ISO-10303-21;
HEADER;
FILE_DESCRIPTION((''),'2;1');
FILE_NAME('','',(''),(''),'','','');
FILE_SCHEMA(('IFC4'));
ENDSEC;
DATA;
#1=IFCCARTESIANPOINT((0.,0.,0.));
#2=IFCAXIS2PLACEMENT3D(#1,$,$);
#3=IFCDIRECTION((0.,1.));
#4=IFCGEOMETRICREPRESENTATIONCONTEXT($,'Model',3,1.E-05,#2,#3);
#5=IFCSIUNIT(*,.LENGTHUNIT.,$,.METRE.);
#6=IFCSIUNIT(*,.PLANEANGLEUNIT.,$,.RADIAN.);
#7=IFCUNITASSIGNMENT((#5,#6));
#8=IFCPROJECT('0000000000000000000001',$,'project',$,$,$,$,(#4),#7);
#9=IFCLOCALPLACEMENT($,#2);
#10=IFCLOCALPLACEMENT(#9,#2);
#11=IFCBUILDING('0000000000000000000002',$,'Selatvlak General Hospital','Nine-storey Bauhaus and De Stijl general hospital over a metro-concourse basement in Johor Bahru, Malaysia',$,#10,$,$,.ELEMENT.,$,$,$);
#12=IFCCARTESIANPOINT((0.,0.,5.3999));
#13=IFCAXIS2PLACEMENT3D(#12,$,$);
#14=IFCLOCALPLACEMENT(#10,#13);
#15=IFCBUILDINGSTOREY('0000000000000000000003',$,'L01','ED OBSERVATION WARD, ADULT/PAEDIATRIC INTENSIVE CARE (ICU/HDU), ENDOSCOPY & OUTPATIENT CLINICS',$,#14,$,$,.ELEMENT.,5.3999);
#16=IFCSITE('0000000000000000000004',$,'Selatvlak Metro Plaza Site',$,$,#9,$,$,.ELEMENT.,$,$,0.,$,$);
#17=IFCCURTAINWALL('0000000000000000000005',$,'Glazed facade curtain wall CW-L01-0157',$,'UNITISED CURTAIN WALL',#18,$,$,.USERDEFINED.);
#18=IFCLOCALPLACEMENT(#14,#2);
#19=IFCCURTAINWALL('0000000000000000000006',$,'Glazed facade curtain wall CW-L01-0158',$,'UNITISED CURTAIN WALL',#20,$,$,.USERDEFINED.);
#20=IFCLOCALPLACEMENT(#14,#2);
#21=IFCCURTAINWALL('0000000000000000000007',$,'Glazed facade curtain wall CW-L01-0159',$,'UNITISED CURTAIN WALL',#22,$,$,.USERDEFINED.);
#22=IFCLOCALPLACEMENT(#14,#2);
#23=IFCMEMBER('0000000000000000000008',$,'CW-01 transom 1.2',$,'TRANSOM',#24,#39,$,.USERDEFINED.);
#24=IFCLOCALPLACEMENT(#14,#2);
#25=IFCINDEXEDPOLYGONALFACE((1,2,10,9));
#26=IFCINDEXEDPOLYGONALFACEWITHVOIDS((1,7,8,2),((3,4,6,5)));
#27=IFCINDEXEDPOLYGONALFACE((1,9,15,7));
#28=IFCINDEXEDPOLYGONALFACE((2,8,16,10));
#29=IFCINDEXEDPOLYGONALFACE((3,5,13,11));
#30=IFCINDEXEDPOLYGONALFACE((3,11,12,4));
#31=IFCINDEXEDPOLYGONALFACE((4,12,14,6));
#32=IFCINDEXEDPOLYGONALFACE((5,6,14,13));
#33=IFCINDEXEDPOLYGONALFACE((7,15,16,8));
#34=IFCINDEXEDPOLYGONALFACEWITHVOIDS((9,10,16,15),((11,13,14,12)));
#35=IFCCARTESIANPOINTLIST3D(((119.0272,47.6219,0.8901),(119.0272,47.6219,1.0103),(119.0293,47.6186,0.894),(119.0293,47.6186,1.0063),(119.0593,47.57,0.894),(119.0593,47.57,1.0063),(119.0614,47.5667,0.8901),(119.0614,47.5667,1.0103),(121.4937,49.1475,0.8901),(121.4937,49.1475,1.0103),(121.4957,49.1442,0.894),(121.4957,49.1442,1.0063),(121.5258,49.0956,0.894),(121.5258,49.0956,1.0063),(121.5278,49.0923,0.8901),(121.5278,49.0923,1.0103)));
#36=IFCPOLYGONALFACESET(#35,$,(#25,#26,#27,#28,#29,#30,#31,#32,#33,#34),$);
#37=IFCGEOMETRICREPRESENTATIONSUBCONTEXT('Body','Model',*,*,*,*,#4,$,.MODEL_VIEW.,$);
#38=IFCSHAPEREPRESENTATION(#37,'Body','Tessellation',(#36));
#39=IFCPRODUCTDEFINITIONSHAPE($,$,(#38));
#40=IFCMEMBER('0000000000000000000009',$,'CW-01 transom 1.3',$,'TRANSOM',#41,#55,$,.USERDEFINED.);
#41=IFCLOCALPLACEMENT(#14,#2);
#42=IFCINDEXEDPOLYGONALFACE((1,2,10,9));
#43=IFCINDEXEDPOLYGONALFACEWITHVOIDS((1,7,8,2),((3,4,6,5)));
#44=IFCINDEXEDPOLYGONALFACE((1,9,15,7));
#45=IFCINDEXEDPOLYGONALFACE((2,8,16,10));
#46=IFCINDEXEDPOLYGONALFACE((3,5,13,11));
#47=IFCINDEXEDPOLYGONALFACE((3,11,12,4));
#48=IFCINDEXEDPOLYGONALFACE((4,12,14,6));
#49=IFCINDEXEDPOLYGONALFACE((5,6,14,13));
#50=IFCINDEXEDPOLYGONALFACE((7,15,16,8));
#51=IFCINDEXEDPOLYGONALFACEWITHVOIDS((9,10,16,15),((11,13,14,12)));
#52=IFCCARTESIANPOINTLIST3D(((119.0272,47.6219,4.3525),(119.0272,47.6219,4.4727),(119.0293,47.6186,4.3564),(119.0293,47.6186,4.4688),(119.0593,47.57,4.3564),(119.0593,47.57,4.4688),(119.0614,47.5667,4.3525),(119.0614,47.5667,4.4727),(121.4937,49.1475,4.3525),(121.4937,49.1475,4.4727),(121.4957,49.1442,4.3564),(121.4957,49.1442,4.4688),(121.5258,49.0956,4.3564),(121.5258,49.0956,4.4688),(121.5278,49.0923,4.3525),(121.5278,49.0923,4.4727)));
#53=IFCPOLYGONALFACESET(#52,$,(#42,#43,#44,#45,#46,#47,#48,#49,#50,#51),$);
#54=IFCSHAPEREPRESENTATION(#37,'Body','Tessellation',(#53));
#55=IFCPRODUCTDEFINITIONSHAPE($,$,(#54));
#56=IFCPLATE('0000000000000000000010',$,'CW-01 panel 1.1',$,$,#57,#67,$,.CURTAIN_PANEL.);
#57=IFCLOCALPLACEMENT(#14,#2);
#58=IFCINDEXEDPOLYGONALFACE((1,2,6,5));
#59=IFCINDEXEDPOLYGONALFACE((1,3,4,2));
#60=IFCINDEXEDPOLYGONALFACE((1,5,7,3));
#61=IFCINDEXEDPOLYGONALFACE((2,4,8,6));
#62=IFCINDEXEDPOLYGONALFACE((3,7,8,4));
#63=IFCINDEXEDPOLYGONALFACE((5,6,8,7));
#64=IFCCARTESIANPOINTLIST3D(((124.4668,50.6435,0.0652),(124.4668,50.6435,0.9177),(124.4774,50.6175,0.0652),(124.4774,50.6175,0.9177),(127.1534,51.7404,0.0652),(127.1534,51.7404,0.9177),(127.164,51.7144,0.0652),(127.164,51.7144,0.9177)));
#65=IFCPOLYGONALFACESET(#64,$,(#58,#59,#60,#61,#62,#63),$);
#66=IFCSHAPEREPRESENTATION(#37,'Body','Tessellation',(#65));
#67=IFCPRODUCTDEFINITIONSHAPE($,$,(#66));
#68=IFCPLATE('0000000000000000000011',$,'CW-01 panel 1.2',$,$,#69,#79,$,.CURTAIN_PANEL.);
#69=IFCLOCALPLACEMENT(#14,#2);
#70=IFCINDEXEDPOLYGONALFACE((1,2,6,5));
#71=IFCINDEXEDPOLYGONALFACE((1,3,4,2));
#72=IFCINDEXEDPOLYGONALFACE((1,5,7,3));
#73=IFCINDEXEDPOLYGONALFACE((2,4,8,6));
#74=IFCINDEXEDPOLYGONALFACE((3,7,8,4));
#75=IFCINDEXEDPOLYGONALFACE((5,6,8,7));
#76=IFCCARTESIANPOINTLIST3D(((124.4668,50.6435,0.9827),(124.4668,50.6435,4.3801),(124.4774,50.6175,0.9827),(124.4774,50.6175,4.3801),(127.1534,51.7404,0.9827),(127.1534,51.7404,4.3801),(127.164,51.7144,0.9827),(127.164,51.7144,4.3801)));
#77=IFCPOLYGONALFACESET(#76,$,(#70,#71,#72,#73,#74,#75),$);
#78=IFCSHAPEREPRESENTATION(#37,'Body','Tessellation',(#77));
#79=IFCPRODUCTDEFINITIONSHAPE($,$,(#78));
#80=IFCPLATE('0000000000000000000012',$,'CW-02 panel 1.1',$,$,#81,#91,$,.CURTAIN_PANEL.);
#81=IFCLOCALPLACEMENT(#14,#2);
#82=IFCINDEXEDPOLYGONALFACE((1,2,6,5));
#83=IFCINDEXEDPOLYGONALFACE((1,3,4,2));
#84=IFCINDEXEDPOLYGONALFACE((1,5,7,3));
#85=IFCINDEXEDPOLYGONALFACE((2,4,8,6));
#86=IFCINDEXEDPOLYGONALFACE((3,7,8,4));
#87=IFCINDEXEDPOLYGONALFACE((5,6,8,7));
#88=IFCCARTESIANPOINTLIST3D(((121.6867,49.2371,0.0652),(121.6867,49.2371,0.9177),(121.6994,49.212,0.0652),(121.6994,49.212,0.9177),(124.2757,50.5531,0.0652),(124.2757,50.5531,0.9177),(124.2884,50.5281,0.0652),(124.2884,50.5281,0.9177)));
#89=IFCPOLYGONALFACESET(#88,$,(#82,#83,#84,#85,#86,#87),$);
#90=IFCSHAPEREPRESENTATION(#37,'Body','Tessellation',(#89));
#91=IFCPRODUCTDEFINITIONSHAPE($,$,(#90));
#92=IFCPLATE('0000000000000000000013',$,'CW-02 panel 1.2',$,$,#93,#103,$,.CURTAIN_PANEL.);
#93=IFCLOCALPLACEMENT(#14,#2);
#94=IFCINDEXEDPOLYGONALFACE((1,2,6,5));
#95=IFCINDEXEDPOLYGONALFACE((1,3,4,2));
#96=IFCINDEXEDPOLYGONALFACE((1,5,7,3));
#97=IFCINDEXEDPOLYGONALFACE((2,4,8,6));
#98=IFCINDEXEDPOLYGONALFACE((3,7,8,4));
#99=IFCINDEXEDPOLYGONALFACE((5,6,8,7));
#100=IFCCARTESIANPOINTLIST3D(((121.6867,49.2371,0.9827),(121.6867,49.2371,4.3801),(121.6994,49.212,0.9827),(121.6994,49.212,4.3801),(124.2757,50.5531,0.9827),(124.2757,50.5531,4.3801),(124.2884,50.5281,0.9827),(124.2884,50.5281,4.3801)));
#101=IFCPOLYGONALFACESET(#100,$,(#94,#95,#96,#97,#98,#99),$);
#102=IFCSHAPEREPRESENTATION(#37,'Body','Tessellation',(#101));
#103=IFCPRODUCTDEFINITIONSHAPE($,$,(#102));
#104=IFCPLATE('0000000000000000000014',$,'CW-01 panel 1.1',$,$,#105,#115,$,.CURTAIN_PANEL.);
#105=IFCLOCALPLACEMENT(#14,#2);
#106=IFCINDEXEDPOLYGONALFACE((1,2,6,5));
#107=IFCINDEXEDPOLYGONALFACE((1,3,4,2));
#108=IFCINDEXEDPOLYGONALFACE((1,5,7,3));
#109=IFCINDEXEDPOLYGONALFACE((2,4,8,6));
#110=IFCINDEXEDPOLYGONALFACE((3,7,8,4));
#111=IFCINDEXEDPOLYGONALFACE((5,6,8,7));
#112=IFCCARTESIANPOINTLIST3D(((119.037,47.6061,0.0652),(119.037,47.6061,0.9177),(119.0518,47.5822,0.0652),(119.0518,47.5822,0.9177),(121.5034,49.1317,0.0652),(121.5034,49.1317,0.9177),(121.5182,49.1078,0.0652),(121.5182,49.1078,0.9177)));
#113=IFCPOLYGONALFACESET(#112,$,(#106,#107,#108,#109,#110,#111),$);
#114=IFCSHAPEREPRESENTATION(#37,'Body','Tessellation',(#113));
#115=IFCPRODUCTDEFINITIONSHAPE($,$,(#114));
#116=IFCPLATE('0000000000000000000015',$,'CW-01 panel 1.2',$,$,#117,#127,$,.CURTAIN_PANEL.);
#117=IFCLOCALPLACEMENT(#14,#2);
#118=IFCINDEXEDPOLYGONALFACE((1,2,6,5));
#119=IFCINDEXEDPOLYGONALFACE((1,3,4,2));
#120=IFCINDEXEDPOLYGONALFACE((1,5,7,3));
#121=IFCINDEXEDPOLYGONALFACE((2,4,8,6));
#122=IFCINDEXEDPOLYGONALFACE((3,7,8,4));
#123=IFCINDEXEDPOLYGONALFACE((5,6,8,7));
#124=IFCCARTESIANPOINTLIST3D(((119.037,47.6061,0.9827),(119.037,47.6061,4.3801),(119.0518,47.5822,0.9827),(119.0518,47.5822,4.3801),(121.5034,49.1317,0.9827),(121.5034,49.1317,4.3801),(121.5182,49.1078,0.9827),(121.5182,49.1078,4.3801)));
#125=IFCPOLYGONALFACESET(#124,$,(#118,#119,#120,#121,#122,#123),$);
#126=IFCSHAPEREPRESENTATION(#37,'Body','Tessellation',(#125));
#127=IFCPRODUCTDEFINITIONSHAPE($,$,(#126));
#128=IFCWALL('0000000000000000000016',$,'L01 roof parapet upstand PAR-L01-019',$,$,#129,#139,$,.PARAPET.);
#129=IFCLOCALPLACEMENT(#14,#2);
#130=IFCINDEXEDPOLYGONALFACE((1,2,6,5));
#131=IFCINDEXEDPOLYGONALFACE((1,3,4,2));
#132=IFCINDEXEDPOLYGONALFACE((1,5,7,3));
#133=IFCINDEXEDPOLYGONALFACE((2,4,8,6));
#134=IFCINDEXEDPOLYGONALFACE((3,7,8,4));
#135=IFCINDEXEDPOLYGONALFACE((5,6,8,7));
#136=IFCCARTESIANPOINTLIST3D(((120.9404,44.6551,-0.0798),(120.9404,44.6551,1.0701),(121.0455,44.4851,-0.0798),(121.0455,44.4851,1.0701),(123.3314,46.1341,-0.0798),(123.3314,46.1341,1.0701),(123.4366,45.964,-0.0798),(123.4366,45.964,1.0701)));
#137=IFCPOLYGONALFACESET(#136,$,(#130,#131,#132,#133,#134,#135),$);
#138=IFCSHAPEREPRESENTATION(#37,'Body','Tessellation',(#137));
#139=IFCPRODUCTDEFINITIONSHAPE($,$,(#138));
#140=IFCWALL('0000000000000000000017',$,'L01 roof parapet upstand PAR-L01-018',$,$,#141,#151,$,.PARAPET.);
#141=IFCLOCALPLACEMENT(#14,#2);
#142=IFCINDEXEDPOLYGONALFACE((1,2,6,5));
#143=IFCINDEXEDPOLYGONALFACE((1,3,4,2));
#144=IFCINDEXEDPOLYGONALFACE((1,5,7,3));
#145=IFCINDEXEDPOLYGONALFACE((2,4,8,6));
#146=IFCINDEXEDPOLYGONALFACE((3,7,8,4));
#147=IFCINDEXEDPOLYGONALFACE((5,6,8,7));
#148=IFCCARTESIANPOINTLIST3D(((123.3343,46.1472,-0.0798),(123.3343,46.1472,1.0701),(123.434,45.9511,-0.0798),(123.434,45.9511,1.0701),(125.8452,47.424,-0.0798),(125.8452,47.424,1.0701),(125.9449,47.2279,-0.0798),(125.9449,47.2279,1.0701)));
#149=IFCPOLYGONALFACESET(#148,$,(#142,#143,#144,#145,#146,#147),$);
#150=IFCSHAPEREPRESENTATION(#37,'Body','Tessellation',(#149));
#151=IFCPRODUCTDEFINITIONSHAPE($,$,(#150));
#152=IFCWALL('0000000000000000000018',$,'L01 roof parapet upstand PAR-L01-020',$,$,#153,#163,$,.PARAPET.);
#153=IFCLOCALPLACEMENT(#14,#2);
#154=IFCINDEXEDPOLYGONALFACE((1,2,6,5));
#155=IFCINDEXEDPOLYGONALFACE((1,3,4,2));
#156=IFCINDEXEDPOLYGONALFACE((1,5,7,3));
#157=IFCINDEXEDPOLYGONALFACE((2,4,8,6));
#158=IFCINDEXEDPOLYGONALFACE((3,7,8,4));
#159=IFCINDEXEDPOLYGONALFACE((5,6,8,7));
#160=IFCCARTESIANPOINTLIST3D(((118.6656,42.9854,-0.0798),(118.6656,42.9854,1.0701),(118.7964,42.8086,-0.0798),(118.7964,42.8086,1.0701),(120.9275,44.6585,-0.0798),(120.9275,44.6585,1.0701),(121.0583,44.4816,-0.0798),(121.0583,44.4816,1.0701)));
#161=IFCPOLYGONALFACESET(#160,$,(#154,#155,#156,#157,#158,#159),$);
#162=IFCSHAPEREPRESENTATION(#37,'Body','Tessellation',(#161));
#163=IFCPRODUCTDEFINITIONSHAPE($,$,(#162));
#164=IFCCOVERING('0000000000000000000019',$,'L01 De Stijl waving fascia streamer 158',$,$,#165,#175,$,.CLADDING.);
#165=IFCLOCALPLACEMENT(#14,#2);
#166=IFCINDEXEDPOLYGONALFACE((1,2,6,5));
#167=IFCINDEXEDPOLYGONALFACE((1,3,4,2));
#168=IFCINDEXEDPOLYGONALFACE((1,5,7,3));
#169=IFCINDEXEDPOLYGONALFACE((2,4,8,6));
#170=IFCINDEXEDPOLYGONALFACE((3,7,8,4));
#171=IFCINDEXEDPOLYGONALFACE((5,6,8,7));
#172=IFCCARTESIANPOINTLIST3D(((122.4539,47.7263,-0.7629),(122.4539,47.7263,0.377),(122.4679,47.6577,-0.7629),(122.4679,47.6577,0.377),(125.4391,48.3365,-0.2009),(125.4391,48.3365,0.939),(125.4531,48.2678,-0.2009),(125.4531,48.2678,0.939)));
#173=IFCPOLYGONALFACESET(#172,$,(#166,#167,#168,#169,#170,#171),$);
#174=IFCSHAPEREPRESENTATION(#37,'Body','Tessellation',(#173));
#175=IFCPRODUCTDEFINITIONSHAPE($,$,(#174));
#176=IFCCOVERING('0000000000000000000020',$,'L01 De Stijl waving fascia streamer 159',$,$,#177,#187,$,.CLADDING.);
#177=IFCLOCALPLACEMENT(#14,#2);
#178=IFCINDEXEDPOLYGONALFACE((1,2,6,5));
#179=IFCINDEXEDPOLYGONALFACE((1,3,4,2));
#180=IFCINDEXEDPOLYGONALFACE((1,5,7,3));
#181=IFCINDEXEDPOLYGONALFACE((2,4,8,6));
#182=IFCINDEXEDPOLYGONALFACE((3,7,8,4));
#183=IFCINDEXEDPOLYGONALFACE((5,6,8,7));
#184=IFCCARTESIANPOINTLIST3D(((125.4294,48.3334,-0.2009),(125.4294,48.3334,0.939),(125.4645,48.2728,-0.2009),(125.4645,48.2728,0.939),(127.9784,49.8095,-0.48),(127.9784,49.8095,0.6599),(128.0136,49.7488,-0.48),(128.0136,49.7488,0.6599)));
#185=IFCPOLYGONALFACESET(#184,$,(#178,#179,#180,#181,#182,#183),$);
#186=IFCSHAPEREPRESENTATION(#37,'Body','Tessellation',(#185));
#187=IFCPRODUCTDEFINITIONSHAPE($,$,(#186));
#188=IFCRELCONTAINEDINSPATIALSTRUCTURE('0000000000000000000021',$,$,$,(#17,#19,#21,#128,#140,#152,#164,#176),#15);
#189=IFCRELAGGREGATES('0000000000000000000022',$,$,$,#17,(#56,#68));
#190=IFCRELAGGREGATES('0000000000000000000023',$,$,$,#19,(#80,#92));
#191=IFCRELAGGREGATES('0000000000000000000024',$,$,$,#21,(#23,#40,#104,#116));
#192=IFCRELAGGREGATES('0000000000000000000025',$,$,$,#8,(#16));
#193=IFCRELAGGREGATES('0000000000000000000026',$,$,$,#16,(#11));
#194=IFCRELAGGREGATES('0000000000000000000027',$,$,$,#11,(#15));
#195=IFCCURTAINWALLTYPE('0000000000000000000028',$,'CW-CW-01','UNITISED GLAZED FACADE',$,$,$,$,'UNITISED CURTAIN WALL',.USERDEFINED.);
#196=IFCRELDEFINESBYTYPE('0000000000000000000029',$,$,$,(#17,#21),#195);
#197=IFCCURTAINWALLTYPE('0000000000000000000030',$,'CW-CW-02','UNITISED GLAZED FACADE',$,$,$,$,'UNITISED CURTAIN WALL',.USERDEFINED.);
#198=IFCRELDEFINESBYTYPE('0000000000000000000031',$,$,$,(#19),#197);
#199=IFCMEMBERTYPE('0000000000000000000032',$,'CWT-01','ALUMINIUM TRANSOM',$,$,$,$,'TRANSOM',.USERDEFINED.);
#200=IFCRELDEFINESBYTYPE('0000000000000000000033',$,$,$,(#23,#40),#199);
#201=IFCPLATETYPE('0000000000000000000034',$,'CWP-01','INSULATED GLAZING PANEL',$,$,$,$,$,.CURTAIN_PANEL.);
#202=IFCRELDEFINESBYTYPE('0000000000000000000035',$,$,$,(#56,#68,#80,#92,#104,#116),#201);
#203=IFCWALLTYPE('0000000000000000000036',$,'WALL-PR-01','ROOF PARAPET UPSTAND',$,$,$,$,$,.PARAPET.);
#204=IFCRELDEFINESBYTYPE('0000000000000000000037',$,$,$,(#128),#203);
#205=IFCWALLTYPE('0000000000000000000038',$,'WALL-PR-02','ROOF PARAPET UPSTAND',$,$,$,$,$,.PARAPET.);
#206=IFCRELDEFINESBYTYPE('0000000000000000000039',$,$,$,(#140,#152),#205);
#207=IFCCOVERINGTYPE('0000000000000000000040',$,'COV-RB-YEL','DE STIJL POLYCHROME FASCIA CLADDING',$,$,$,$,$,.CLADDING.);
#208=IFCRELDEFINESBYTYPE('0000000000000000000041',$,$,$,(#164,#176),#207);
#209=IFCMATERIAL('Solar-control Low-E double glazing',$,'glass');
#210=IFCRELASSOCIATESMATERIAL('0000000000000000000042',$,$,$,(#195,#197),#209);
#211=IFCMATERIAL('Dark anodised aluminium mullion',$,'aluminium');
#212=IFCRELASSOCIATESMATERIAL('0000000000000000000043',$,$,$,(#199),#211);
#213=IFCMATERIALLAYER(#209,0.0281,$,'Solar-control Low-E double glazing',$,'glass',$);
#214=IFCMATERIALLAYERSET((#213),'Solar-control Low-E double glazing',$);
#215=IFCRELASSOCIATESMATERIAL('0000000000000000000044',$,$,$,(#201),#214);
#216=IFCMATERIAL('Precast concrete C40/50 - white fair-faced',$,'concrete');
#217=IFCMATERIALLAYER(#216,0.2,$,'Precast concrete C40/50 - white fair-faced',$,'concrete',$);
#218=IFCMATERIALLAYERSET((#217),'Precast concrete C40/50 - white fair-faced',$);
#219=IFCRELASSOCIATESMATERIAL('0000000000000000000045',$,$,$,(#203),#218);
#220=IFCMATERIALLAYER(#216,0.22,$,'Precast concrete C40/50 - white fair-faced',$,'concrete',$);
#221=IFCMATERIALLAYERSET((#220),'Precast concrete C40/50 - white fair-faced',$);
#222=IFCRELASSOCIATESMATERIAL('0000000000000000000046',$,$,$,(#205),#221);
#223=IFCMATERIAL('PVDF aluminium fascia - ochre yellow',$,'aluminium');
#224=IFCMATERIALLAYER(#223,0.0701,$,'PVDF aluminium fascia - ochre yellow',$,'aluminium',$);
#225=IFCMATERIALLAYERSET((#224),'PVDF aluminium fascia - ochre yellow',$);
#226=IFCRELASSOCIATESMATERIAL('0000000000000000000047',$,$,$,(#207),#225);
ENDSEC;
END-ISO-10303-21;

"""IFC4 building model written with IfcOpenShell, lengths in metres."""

from ifc_helpers import new_model, si_unit, direction, frame, frame_2d, origin, origin_2d, place, context, subcontext, project, spatial, polyline, rectangle, hollow_rectangle, outline, extrude, material, layer, layer_set, material_profile, profile_set, type_object, element, aggregate, save


model = new_model("IFC4")

# Units and contexts
model_context = context("Model", 3, precision=1e-05, world=origin(), true_north=direction((0.0, 1.0)))
body_context = subcontext(model_context, "Body", "Model", "MODEL_VIEW")
ifc_project = project(units=[si_unit("LENGTHUNIT", "METRE"), si_unit("PLANEANGLEUNIT", "RADIAN")], contexts=[model_context])

# Site, building, storey
site_placement = place(None, origin())
site = spatial("IfcSite", under=ifc_project, at=site_placement, Name="Selatvlak Metro Plaza Site", CompositionType="ELEMENT", RefElevation=0.0)
building_placement = place(site_placement, origin())
building = spatial("IfcBuilding", under=site, at=building_placement, Name="Selatvlak General Hospital", Description="Nine-storey Bauhaus and De Stijl general hospital over a metro-concourse basement in Johor Bahru, Malaysia", CompositionType="ELEMENT")
storey_placement = place(building_placement, frame((0.0, 0.0, 5.3999)))
storey = spatial("IfcBuildingStorey", under=building, at=storey_placement, Name="L01", Description="ED OBSERVATION WARD, ADULT/PAEDIATRIC INTENSIVE CARE (ICU/HDU), ENDOSCOPY & OUTPATIENT CLINICS", CompositionType="ELEMENT", Elevation=5.3999)

# Curtain wall
ifc_material_1 = material(Name="Solar-control Low-E double glazing", Category="glass")
curtain_wall_type_1 = type_object("IfcCurtainWallType", Name="CW-CW-01", Description="UNITISED GLAZED FACADE", ElementType="UNITISED CURTAIN WALL", PredefinedType="USERDEFINED", material=ifc_material_1)
curtain_wall_1_placement = place(storey_placement, origin())
curtain_wall_1 = element("IfcCurtainWall", 1, at=curtain_wall_1_placement, inside=storey, type_object=curtain_wall_type_1, Name="Glazed facade curtain wall CW-L01-0157", ObjectType="UNITISED CURTAIN WALL", PredefinedType="USERDEFINED")
ifc_material_2 = material(Name="Dark anodised aluminium mullion", Category="aluminium")

# Curtain wall
curtain_wall_type_2 = type_object("IfcCurtainWallType", Name="CW-CW-02", Description="UNITISED GLAZED FACADE", ElementType="UNITISED CURTAIN WALL", PredefinedType="USERDEFINED", material=ifc_material_1)
curtain_wall_2_placement = place(storey_placement, origin())
curtain_wall_2 = element("IfcCurtainWall", 2, at=curtain_wall_2_placement, inside=storey, type_object=curtain_wall_type_2, Name="Glazed facade curtain wall CW-L01-0158", ObjectType="UNITISED CURTAIN WALL", PredefinedType="USERDEFINED")

# Curtain wall
curtain_wall_3_placement = place(storey_placement, origin())
curtain_wall_3 = element("IfcCurtainWall", 3, at=curtain_wall_3_placement, inside=storey, type_object=curtain_wall_type_1, Name="Glazed facade curtain wall CW-L01-0159", ObjectType="UNITISED CURTAIN WALL", PredefinedType="USERDEFINED")

# Members
ifc_material_profile_1 = material_profile(ifc_material_2, hollow_rectangle(XDim=0.0649, YDim=0.1201, WallThickness=0.0039, at=origin_2d()), Name="AL-TRN 65x120x4")
ifc_profile_set_1 = profile_set([ifc_material_profile_1], Name="Dark anodised aluminium mullion")
member_type_1 = type_object("IfcMemberType", Name="CWT-01", Description="ALUMINIUM TRANSOM", ElementType="TRANSOM", PredefinedType="USERDEFINED", material=ifc_profile_set_1)
member_1_placement = place(storey_placement, frame((121.5107, 49.1199, 0.9502), z_axis=(-0.850462, -0.526036, 0.0), x_axis=(0.526036, -0.850462, 0.0)))
member_1 = element("IfcMember", 4, at=member_1_placement, type_object=member_type_1, Name="CW-01 transom 1.2", ObjectType="TRANSOM", PredefinedType="USERDEFINED", context=body_context, shape_type="SweptSolid", body=[
    extrude(hollow_rectangle(XDim=0.0649, YDim=0.1201, WallThickness=0.0039, at=origin_2d()), origin(), (0.0, 0.0, 1.0), 2.9001),
])
member_2_placement = place(storey_placement, frame((121.5107, 49.1199, 4.4126), z_axis=(-0.850462, -0.526036, 0.0), x_axis=(0.526036, -0.850462, 0.0)))
member_2 = element("IfcMember", 5, at=member_2_placement, type_object=member_type_1, Name="CW-01 transom 1.3", ObjectType="TRANSOM", PredefinedType="USERDEFINED", context=body_context, shape_type="SweptSolid", body=[
    extrude(hollow_rectangle(XDim=0.0649, YDim=0.1201, WallThickness=0.0039, at=origin_2d()), origin(), (0.0, 0.0, 1.0), 2.9001),
])

# Plates
ifc_layer_1 = layer(ifc_material_1, 0.0281, Name="Solar-control Low-E double glazing", Category="glass")
ifc_layer_set_1 = layer_set([ifc_layer_1], Name="Solar-control Low-E double glazing")
plate_type = type_object("IfcPlateType", Name="CWP-01", Description="INSULATED GLAZING PANEL", PredefinedType="CURTAIN_PANEL", material=ifc_layer_set_1)
plate_1_placement = place(storey_placement, frame((125.8154, 51.179, 0.0652), z_axis=(0.0, 0.0, 1.0), x_axis=(-0.925815, -0.377978, 0.0)))
plate_1 = element("IfcPlate", 6, at=plate_1_placement, type_object=plate_type, Name="CW-01 panel 1.1", PredefinedType="CURTAIN_PANEL", context=body_context, shape_type="SweptSolid", body=[
    extrude(rectangle(XDim=2.9019, YDim=0.0281, at=origin_2d()), origin(), (0.0, 0.0, 1.0), 0.8525),
])
plate_2_placement = place(storey_placement, frame((125.8154, 51.179, 0.9827), z_axis=(0.0, 0.0, 1.0), x_axis=(-0.925815, -0.377978, 0.0)))
plate_2 = element("IfcPlate", 7, at=plate_2_placement, type_object=plate_type, Name="CW-01 panel 1.2", PredefinedType="CURTAIN_PANEL", context=body_context, shape_type="SweptSolid", body=[
    extrude(rectangle(XDim=2.9019, YDim=0.0281, at=origin_2d()), origin(), (0.0, 0.0, 1.0), 3.3975),
])
aggregate(curtain_wall_1, [plate_1, plate_2])
plate_3_placement = place(storey_placement, frame((122.9875, 49.8826, 0.0652), z_axis=(0.0, 0.0, 1.0), x_axis=(-0.891442, -0.453136, 0.0)))
plate_3 = element("IfcPlate", 8, at=plate_3_placement, type_object=plate_type, Name="CW-02 panel 1.1", PredefinedType="CURTAIN_PANEL", context=body_context, shape_type="SweptSolid", body=[
    extrude(rectangle(XDim=2.9043, YDim=0.0281, at=origin_2d()), origin(), (0.0, 0.0, 1.0), 0.8525),
])
plate_4_placement = place(storey_placement, frame((122.9875, 49.8826, 0.9827), z_axis=(0.0, 0.0, 1.0), x_axis=(-0.891442, -0.453136, 0.0)))
plate_4 = element("IfcPlate", 9, at=plate_4_placement, type_object=plate_type, Name="CW-02 panel 1.2", PredefinedType="CURTAIN_PANEL", context=body_context, shape_type="SweptSolid", body=[
    extrude(rectangle(XDim=2.9043, YDim=0.0281, at=origin_2d()), origin(), (0.0, 0.0, 1.0), 3.3975),
])
aggregate(curtain_wall_2, [plate_3, plate_4])
plate_5_placement = place(storey_placement, frame((120.2776, 48.3569, 0.0652), z_axis=(0.0, 0.0, 1.0), x_axis=(-0.850455, -0.526048, 0.0)))
plate_5 = element("IfcPlate", 10, at=plate_5_placement, type_object=plate_type, Name="CW-01 panel 1.1", PredefinedType="CURTAIN_PANEL", context=body_context, shape_type="SweptSolid", body=[
    extrude(rectangle(XDim=2.9001, YDim=0.0281, at=origin_2d()), origin(), (0.0, 0.0, 1.0), 0.8525),
])
plate_6_placement = place(storey_placement, frame((120.2776, 48.3569, 0.9827), z_axis=(0.0, 0.0, 1.0), x_axis=(-0.850455, -0.526048, 0.0)))
plate_6 = element("IfcPlate", 11, at=plate_6_placement, type_object=plate_type, Name="CW-01 panel 1.2", PredefinedType="CURTAIN_PANEL", context=body_context, shape_type="SweptSolid", body=[
    extrude(rectangle(XDim=2.9001, YDim=0.0281, at=origin_2d()), origin(), (0.0, 0.0, 1.0), 3.3975),
])
aggregate(curtain_wall_3, [member_1, member_2, plate_5, plate_6])

# Walls
ifc_material_3 = material(Name="Precast concrete C40/50 - white fair-faced", Category="concrete")
ifc_layer_2 = layer(ifc_material_3, 0.2, Name="Precast concrete C40/50 - white fair-faced", Category="concrete")
ifc_layer_set_2 = layer_set([ifc_layer_2], Name="Precast concrete C40/50 - white fair-faced")
wall_type_1 = type_object("IfcWallType", Name="WALL-PR-01", Description="ROOF PARAPET UPSTAND", PredefinedType="PARAPET", material=ifc_layer_set_2)
wall_1_placement = place(storey_placement, frame((123.384, 46.0491, -0.0798), z_axis=(0.0, 0.0, 1.0), x_axis=(-0.850458, -0.526044, 0.0)))
element("IfcWall", 12, at=wall_1_placement, inside=storey, type_object=wall_type_1, Name="L01 roof parapet upstand PAR-L01-019", PredefinedType="PARAPET", context=body_context, shape_type="SweptSolid", body=[
    extrude(rectangle(XDim=2.8115, YDim=0.2, at=frame_2d((1.4058, 0.0))), origin(), (0.0, 0.0, 1.0), 1.1499),
])
ifc_layer_3 = layer(ifc_material_3, 0.22, Name="Precast concrete C40/50 - white fair-faced", Category="concrete")
ifc_layer_set_3 = layer_set([ifc_layer_3], Name="Precast concrete C40/50 - white fair-faced")
wall_type_2 = type_object("IfcWallType", Name="WALL-PR-02", Description="ROOF PARAPET UPSTAND", PredefinedType="PARAPET", material=ifc_layer_set_3)
wall_2_placement = place(storey_placement, frame((125.895, 47.3259, -0.0798), z_axis=(0.0, 0.0, 1.0), x_axis=(-0.891373, -0.45327, 0.0)))
element("IfcWall", 13, at=wall_2_placement, inside=storey, type_object=wall_type_2, Name="L01 roof parapet upstand PAR-L01-018", PredefinedType="PARAPET", context=body_context, shape_type="SweptSolid", body=[
    extrude(rectangle(XDim=2.8169, YDim=0.22, at=frame_2d((1.4084, 0.0))), origin(), (0.0, 0.0, 1.0), 1.1499),
])
wall_3_placement = place(storey_placement, frame((120.9929, 44.5701, -0.0798), z_axis=(0.0, 0.0, 1.0), x_axis=(-0.803971, -0.594669, 0.0)))
element("IfcWall", 14, at=wall_3_placement, inside=storey, type_object=wall_type_2, Name="L01 roof parapet upstand PAR-L01-020", PredefinedType="PARAPET", context=body_context, shape_type="SweptSolid", body=[
    extrude(rectangle(XDim=2.8135, YDim=0.22, at=frame_2d((1.4067, 0.0))), origin(), (0.0, 0.0, 1.0), 1.1499),
])

# Coverings
ifc_material_4 = material(Name="PVDF aluminium fascia - ochre yellow", Category="aluminium")
ifc_layer_4 = layer(ifc_material_4, 0.0701, Name="PVDF aluminium fascia - ochre yellow", Category="aluminium")
ifc_layer_set_4 = layer_set([ifc_layer_4], Name="PVDF aluminium fascia - ochre yellow")
covering_type_1 = type_object("IfcCoveringType", Name="COV-RB-YEL", Description="DE STIJL POLYCHROME FASCIA CLADDING", PredefinedType="CLADDING", material=ifc_layer_set_4)
covering_1_placement = place(storey_placement, frame((122.4609, 47.6919, -0.7629), z_axis=(0.0, 0.0, 1.0), x_axis=(0.979746, 0.200244, 0.0)))
element("IfcCovering", 15, at=covering_1_placement, inside=storey, type_object=covering_type_1, Name="L01 De Stijl waving fascia streamer 158", PredefinedType="CLADDING", context=body_context, shape_type="SweptSolid", body=[
    extrude(outline(polyline([(0.0, 0.0), (3.0469, 0.562), (3.0469, 1.7019), (0.0, 1.1399), (0.0, 0.0)])), frame((0.0, 0.0352, 0.0), z_axis=(0.0, -1.0, 0.0), x_axis=(1.0, 0.0, 0.0)), (0.0, 0.0, 1.0), 0.0701),
])
covering_2_placement = place(storey_placement, frame((125.447, 48.303, -0.2009), z_axis=(0.0, 0.0, 1.0), x_axis=(0.865383, 0.501111, 0.0)))
element("IfcCovering", 16, at=covering_2_placement, inside=storey, type_object=covering_type_1, Name="L01 De Stijl waving fascia streamer 159", PredefinedType="CLADDING", context=body_context, shape_type="SweptSolid", body=[
    extrude(outline(polyline([(0.0, 0.0), (2.9456, -0.2791), (2.9456, 0.8608), (0.0, 1.1399), (0.0, 0.0)])), frame((0.0, 0.0352, 0.0), z_axis=(0.0, -1.0, 0.0), x_axis=(1.0, 0.0, 0.0)), (0.0, 0.0, 1.0), 0.0701),
])

save(model, "model.ifc")
